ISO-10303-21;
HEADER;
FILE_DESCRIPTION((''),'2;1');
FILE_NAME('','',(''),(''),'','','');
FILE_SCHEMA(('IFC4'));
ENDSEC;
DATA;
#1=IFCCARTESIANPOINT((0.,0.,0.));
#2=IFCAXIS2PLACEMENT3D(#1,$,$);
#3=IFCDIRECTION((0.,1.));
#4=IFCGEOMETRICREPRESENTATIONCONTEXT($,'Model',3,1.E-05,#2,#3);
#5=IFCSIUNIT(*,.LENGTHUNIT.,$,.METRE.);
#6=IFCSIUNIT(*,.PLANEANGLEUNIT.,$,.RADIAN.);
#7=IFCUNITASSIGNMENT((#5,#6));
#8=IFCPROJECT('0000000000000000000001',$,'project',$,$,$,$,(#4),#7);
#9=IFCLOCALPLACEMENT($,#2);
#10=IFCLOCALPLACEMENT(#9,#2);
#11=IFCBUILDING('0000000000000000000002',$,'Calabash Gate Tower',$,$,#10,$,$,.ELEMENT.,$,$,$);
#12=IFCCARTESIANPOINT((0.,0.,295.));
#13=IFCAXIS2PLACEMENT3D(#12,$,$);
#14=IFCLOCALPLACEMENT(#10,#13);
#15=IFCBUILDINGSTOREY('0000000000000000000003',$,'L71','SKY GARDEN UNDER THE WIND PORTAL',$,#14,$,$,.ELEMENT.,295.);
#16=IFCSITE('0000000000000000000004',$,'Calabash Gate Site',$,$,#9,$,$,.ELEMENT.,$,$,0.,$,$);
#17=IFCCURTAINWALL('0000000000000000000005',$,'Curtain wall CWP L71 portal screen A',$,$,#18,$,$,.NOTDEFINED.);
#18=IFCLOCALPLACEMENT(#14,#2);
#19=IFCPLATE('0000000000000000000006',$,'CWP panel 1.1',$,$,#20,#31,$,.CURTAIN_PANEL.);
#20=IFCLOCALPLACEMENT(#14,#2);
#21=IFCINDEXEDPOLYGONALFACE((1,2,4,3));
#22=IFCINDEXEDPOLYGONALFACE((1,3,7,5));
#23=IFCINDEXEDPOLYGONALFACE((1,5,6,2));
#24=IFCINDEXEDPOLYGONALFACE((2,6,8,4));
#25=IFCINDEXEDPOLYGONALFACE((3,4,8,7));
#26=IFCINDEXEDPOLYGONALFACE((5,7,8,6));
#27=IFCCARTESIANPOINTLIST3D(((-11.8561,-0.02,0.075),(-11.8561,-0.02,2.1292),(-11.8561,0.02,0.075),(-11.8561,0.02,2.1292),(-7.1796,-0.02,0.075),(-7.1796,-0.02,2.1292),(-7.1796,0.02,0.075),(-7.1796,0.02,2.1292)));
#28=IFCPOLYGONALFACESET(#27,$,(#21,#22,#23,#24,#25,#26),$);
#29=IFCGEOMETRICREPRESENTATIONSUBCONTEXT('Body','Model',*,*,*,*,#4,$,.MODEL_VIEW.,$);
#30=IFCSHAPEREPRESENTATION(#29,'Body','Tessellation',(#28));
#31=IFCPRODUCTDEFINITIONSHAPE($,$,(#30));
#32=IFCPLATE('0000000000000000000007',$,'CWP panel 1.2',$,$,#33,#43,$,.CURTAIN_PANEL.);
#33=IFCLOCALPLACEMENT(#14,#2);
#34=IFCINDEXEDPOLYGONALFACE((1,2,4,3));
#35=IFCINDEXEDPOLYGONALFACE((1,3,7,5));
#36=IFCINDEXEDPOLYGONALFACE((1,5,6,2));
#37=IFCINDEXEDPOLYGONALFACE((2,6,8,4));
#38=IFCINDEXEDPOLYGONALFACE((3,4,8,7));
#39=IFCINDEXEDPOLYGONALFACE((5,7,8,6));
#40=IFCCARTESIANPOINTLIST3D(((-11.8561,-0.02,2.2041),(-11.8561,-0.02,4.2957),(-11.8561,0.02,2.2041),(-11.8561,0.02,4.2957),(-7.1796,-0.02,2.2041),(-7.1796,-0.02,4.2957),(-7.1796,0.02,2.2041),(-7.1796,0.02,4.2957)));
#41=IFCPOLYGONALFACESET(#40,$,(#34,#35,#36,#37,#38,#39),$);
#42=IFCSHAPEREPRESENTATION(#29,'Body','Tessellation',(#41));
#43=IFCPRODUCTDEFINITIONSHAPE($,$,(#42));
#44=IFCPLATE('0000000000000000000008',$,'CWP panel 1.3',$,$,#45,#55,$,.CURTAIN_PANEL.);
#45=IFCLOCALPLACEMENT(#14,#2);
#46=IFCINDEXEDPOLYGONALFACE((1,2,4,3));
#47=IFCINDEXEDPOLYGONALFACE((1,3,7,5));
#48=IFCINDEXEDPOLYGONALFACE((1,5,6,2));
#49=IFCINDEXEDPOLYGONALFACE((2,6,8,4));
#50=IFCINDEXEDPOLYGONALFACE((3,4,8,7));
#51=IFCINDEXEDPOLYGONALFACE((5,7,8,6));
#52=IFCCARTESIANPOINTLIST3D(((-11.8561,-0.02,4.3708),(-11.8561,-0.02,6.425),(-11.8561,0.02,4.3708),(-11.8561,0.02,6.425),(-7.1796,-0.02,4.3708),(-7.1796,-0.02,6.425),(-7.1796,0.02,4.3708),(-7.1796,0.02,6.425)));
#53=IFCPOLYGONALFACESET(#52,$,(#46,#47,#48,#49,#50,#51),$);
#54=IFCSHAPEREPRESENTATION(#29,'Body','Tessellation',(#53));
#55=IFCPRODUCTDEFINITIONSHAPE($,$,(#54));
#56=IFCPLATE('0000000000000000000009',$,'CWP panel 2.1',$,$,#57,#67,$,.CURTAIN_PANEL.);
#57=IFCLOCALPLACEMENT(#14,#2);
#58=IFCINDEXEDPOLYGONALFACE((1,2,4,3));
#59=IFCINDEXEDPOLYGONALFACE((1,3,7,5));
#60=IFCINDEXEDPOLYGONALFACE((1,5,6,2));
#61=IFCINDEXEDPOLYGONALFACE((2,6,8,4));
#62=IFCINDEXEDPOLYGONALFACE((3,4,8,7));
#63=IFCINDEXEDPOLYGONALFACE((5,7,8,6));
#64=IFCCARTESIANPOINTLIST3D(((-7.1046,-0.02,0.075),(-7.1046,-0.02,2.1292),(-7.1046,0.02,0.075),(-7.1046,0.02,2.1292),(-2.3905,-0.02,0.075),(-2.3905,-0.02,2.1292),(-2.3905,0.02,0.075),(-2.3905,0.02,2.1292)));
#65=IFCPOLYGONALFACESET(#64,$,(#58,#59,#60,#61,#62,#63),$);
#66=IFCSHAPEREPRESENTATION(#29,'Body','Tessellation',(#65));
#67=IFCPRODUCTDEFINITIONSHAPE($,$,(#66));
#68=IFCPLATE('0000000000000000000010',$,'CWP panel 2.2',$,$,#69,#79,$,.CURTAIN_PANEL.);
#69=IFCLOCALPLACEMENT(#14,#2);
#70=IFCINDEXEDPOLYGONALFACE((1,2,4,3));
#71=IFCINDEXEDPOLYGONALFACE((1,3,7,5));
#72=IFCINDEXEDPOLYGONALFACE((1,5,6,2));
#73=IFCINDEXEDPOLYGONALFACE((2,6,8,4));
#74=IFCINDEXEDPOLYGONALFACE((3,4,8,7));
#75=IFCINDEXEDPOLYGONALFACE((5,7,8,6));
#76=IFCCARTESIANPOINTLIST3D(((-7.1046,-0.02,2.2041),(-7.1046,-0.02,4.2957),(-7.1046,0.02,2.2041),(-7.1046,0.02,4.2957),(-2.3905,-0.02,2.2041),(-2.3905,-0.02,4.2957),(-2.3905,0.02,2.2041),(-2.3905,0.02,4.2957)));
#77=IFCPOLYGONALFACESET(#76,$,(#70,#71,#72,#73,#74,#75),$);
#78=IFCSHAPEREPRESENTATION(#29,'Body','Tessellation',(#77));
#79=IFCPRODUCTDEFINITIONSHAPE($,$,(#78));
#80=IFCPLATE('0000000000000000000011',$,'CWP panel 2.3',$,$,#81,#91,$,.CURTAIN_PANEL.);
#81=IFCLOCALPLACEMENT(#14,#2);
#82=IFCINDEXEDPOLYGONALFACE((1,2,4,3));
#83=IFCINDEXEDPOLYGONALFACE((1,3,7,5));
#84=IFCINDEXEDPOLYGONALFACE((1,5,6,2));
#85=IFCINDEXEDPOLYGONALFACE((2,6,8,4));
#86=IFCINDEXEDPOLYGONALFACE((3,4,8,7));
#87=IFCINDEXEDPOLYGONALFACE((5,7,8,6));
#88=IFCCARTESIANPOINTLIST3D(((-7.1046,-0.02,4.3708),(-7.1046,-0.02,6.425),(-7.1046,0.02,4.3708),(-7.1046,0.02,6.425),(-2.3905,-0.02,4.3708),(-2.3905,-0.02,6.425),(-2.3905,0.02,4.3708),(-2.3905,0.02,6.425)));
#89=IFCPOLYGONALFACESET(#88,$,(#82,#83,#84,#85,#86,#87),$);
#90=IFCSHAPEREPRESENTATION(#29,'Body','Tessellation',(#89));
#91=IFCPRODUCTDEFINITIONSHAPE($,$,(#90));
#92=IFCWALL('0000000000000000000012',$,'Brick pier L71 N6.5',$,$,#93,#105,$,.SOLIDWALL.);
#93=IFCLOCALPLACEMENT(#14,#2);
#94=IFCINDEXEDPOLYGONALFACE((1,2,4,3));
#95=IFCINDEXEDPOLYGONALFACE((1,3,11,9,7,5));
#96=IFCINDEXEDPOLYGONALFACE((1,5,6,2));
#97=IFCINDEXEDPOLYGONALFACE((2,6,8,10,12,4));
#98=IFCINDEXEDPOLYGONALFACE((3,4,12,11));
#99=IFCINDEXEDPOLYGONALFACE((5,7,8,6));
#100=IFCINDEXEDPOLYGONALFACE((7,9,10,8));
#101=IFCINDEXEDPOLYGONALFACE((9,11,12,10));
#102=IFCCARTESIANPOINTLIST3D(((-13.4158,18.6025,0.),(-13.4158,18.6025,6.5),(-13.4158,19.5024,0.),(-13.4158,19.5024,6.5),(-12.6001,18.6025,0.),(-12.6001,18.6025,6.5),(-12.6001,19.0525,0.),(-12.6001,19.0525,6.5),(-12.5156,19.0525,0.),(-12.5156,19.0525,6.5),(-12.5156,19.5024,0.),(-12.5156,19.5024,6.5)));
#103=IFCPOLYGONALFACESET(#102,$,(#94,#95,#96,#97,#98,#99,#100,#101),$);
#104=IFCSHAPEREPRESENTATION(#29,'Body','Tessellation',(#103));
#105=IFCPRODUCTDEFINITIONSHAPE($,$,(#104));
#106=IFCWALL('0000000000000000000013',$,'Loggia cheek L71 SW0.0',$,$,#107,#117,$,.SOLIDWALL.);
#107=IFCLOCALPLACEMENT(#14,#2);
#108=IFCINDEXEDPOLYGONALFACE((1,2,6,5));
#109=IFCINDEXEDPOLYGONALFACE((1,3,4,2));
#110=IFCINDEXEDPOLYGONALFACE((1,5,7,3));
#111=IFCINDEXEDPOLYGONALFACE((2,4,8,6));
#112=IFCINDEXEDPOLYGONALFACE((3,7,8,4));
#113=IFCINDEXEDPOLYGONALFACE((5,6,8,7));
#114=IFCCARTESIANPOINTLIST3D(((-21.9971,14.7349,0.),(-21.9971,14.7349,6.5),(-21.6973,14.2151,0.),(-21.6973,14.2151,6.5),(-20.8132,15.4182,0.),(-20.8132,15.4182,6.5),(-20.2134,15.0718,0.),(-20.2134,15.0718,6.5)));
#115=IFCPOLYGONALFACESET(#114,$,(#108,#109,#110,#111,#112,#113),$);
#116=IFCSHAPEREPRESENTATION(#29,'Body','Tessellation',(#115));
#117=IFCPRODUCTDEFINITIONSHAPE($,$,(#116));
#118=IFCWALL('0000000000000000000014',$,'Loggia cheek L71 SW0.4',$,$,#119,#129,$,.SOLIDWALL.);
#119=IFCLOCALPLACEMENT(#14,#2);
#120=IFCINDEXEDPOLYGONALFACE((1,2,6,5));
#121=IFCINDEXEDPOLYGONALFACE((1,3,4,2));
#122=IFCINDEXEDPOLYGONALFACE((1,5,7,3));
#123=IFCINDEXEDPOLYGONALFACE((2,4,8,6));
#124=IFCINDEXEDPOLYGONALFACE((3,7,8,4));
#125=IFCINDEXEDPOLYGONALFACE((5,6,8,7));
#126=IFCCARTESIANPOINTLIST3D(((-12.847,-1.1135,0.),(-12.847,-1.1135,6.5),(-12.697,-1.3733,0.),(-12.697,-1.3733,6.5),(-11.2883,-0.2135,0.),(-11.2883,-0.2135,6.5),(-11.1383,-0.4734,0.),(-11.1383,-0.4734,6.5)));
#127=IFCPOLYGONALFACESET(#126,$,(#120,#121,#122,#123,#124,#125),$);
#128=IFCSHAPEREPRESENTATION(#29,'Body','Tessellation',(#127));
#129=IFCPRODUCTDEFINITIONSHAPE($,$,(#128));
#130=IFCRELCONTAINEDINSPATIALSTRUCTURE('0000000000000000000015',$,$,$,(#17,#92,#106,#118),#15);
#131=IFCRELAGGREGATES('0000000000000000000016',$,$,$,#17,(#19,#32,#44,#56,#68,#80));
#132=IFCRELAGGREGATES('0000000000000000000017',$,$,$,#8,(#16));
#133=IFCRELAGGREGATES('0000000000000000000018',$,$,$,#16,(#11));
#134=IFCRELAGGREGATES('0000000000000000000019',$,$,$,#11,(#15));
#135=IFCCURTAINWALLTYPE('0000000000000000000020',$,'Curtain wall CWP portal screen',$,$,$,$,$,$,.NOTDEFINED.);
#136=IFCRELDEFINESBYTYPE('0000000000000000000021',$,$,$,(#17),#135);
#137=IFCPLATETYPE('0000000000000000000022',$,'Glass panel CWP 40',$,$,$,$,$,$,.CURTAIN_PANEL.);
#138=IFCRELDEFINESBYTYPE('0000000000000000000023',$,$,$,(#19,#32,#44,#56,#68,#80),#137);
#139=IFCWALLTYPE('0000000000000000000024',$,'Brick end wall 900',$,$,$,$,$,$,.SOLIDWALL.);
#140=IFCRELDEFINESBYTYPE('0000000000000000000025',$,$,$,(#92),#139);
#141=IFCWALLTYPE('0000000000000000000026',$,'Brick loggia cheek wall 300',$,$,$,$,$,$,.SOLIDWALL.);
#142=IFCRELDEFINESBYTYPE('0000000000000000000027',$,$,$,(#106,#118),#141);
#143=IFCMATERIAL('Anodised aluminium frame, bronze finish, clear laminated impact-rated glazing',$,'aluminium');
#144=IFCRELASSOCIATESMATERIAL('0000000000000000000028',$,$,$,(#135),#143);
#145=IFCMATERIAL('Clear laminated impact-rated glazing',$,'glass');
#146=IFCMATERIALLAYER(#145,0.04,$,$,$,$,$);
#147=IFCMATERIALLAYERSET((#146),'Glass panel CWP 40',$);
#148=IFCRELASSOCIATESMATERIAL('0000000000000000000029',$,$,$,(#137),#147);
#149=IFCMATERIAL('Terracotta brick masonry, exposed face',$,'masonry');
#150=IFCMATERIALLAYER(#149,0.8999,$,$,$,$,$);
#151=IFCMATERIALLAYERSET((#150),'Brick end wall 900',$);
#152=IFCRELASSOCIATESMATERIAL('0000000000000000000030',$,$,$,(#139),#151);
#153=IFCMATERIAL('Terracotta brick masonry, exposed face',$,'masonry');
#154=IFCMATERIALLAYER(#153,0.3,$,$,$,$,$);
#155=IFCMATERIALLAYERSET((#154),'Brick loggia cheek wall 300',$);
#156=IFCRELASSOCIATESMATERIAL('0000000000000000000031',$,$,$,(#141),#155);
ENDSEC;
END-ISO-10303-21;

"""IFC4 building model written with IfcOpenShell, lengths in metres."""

from ifc_helpers import new_model, si_unit, direction, frame, frame_2d, origin, origin_2d, place, context, subcontext, project, spatial, polyline, rectangle, outline, extrude, material, layer, layer_set, type_object, element, aggregate, save


model = new_model("IFC4")

# Units and contexts
model_context = context("Model", 3, precision=1e-05, world=origin(), true_north=direction((0.0, 1.0)))
body_context = subcontext(model_context, "Body", "Model", "MODEL_VIEW")
ifc_project = project(units=[si_unit("LENGTHUNIT", "METRE"), si_unit("PLANEANGLEUNIT", "RADIAN")], contexts=[model_context])

# Site, building, storey
site_placement = place(None, origin())
site = spatial("IfcSite", under=ifc_project, at=site_placement, Name="Calabash Gate Site", CompositionType="ELEMENT", RefElevation=0.0)
building_placement = place(site_placement, origin())
building = spatial("IfcBuilding", under=site, at=building_placement, Name="Calabash Gate Tower", CompositionType="ELEMENT")
storey_placement = place(building_placement, frame((0.0, 0.0, 295.0)))
storey = spatial("IfcBuildingStorey", under=building, at=storey_placement, Name="L71", Description="SKY GARDEN UNDER THE WIND PORTAL", CompositionType="ELEMENT", Elevation=295.0)

# Curtain wall
ifc_material_1 = material(Name="Anodised aluminium frame, bronze finish, clear laminated impact-rated glazing", Category="aluminium")
curtain_wall_type_1 = type_object("IfcCurtainWallType", Name="Curtain wall CWP portal screen", PredefinedType="NOTDEFINED", material=ifc_material_1)
curtain_wall_1_placement = place(storey_placement, origin())
curtain_wall_1 = element("IfcCurtainWall", 1, at=curtain_wall_1_placement, inside=storey, type_object=curtain_wall_type_1, Name="Curtain wall CWP L71 portal screen A", PredefinedType="NOTDEFINED")

# Plates
ifc_material_2 = material(Name="Clear laminated impact-rated glazing", Category="glass")
ifc_layer_1 = layer(ifc_material_2, 0.04)
ifc_layer_set_1 = layer_set([ifc_layer_1], Name="Glass panel CWP 40")
plate_type = type_object("IfcPlateType", Name="Glass panel CWP 40", PredefinedType="CURTAIN_PANEL", material=ifc_layer_set_1)
plate_1_placement = place(storey_placement, frame((-9.5178, 0.0, 0.075), z_axis=(0.0, 0.0, 1.0), x_axis=(1.0, 0.0, 0.0)))
plate_1 = element("IfcPlate", 2, at=plate_1_placement, type_object=plate_type, Name="CWP panel 1.1", PredefinedType="CURTAIN_PANEL", context=body_context, shape_type="SweptSolid", body=[
    extrude(rectangle(XDim=4.6765, YDim=0.04, at=origin_2d()), origin(), (0.0, 0.0, 1.0), 2.0542),
])
plate_2_placement = place(storey_placement, frame((-9.5178, 0.0, 2.2041), z_axis=(0.0, 0.0, 1.0), x_axis=(1.0, 0.0, 0.0)))
plate_2 = element("IfcPlate", 3, at=plate_2_placement, type_object=plate_type, Name="CWP panel 1.2", PredefinedType="CURTAIN_PANEL", context=body_context, shape_type="SweptSolid", body=[
    extrude(rectangle(XDim=4.6765, YDim=0.04, at=origin_2d()), origin(), (0.0, 0.0, 1.0), 2.0916),
])
plate_3_placement = place(storey_placement, frame((-9.5178, 0.0, 4.3708), z_axis=(0.0, 0.0, 1.0), x_axis=(1.0, 0.0, 0.0)))
plate_3 = element("IfcPlate", 4, at=plate_3_placement, type_object=plate_type, Name="CWP panel 1.3", PredefinedType="CURTAIN_PANEL", context=body_context, shape_type="SweptSolid", body=[
    extrude(rectangle(XDim=4.6765, YDim=0.04, at=origin_2d()), origin(), (0.0, 0.0, 1.0), 2.0542),
])
plate_4_placement = place(storey_placement, frame((-4.7476, 0.0, 0.075), z_axis=(0.0, 0.0, 1.0), x_axis=(1.0, 0.0, 0.0)))
plate_4 = element("IfcPlate", 5, at=plate_4_placement, type_object=plate_type, Name="CWP panel 2.1", PredefinedType="CURTAIN_PANEL", context=body_context, shape_type="SweptSolid", body=[
    extrude(rectangle(XDim=4.7141, YDim=0.04, at=origin_2d()), origin(), (0.0, 0.0, 1.0), 2.0542),
])
plate_5_placement = place(storey_placement, frame((-4.7476, 0.0, 2.2041), z_axis=(0.0, 0.0, 1.0), x_axis=(1.0, 0.0, 0.0)))
plate_5 = element("IfcPlate", 6, at=plate_5_placement, type_object=plate_type, Name="CWP panel 2.2", PredefinedType="CURTAIN_PANEL", context=body_context, shape_type="SweptSolid", body=[
    extrude(rectangle(XDim=4.7141, YDim=0.04, at=origin_2d()), origin(), (0.0, 0.0, 1.0), 2.0916),
])
plate_6_placement = place(storey_placement, frame((-4.7476, 0.0, 4.3708), z_axis=(0.0, 0.0, 1.0), x_axis=(1.0, 0.0, 0.0)))
plate_6 = element("IfcPlate", 7, at=plate_6_placement, type_object=plate_type, Name="CWP panel 2.3", PredefinedType="CURTAIN_PANEL", context=body_context, shape_type="SweptSolid", body=[
    extrude(rectangle(XDim=4.7141, YDim=0.04, at=origin_2d()), origin(), (0.0, 0.0, 1.0), 2.0542),
])
aggregate(curtain_wall_1, [plate_1, plate_2, plate_3, plate_4, plate_5, plate_6])

# Walls
ifc_material_3 = material(Name="Terracotta brick masonry, exposed face", Category="masonry")
ifc_layer_2 = layer(ifc_material_3, 0.8999)
ifc_layer_set_2 = layer_set([ifc_layer_2], Name="Brick end wall 900")
wall_type_1 = type_object("IfcWallType", Name="Brick end wall 900", PredefinedType="SOLIDWALL", material=ifc_layer_set_2)
wall_1_placement = place(storey_placement, origin())
element("IfcWall", 8, at=wall_1_placement, inside=storey, type_object=wall_type_1, Name="Brick pier L71 N6.5", PredefinedType="SOLIDWALL", context=body_context, shape_type="SweptSolid", body=[
    extrude(outline(polyline([(-12.5156, 19.0525), (-12.5156, 19.5024), (-13.4158, 19.5024), (-13.4158, 18.6025), (-12.6001, 18.6025), (-12.6001, 19.0525), (-12.5156, 19.0525)])), origin(), (0.0, 0.0, 1.0), 6.5),
])
ifc_material_4 = material(Name="Terracotta brick masonry, exposed face", Category="masonry")
ifc_layer_3 = layer(ifc_material_4, 0.3)
ifc_layer_set_3 = layer_set([ifc_layer_3], Name="Brick loggia cheek wall 300")
wall_type_2 = type_object("IfcWallType", Name="Brick loggia cheek wall 300", PredefinedType="SOLIDWALL", material=ifc_layer_set_3)
wall_2_placement = place(storey_placement, origin())
element("IfcWall", 9, at=wall_2_placement, inside=storey, type_object=wall_type_2, Name="Loggia cheek L71 SW0.0", PredefinedType="SOLIDWALL", context=body_context, shape_type="SweptSolid", body=[
    extrude(outline(polyline([(-21.9971, 14.7349), (-21.6973, 14.2151), (-20.2134, 15.0718), (-20.8132, 15.4182), (-21.9971, 14.7349)])), origin(), (0.0, 0.0, 1.0), 6.5),
])
wall_3_placement = place(storey_placement, frame((-12.772, -1.2434, 0.0), z_axis=(0.0, 0.0, 1.0), x_axis=(0.866014, 0.50002, 0.0)))
element("IfcWall", 10, at=wall_3_placement, inside=storey, type_object=wall_type_2, Name="Loggia cheek L71 SW0.4", PredefinedType="SOLIDWALL", context=body_context, shape_type="SweptSolid", body=[
    extrude(rectangle(XDim=1.7998, YDim=0.3, at=frame_2d((0.8999, 0.0))), origin(), (0.0, 0.0, 1.0), 6.5),
])

save(model, "model.ifc")
